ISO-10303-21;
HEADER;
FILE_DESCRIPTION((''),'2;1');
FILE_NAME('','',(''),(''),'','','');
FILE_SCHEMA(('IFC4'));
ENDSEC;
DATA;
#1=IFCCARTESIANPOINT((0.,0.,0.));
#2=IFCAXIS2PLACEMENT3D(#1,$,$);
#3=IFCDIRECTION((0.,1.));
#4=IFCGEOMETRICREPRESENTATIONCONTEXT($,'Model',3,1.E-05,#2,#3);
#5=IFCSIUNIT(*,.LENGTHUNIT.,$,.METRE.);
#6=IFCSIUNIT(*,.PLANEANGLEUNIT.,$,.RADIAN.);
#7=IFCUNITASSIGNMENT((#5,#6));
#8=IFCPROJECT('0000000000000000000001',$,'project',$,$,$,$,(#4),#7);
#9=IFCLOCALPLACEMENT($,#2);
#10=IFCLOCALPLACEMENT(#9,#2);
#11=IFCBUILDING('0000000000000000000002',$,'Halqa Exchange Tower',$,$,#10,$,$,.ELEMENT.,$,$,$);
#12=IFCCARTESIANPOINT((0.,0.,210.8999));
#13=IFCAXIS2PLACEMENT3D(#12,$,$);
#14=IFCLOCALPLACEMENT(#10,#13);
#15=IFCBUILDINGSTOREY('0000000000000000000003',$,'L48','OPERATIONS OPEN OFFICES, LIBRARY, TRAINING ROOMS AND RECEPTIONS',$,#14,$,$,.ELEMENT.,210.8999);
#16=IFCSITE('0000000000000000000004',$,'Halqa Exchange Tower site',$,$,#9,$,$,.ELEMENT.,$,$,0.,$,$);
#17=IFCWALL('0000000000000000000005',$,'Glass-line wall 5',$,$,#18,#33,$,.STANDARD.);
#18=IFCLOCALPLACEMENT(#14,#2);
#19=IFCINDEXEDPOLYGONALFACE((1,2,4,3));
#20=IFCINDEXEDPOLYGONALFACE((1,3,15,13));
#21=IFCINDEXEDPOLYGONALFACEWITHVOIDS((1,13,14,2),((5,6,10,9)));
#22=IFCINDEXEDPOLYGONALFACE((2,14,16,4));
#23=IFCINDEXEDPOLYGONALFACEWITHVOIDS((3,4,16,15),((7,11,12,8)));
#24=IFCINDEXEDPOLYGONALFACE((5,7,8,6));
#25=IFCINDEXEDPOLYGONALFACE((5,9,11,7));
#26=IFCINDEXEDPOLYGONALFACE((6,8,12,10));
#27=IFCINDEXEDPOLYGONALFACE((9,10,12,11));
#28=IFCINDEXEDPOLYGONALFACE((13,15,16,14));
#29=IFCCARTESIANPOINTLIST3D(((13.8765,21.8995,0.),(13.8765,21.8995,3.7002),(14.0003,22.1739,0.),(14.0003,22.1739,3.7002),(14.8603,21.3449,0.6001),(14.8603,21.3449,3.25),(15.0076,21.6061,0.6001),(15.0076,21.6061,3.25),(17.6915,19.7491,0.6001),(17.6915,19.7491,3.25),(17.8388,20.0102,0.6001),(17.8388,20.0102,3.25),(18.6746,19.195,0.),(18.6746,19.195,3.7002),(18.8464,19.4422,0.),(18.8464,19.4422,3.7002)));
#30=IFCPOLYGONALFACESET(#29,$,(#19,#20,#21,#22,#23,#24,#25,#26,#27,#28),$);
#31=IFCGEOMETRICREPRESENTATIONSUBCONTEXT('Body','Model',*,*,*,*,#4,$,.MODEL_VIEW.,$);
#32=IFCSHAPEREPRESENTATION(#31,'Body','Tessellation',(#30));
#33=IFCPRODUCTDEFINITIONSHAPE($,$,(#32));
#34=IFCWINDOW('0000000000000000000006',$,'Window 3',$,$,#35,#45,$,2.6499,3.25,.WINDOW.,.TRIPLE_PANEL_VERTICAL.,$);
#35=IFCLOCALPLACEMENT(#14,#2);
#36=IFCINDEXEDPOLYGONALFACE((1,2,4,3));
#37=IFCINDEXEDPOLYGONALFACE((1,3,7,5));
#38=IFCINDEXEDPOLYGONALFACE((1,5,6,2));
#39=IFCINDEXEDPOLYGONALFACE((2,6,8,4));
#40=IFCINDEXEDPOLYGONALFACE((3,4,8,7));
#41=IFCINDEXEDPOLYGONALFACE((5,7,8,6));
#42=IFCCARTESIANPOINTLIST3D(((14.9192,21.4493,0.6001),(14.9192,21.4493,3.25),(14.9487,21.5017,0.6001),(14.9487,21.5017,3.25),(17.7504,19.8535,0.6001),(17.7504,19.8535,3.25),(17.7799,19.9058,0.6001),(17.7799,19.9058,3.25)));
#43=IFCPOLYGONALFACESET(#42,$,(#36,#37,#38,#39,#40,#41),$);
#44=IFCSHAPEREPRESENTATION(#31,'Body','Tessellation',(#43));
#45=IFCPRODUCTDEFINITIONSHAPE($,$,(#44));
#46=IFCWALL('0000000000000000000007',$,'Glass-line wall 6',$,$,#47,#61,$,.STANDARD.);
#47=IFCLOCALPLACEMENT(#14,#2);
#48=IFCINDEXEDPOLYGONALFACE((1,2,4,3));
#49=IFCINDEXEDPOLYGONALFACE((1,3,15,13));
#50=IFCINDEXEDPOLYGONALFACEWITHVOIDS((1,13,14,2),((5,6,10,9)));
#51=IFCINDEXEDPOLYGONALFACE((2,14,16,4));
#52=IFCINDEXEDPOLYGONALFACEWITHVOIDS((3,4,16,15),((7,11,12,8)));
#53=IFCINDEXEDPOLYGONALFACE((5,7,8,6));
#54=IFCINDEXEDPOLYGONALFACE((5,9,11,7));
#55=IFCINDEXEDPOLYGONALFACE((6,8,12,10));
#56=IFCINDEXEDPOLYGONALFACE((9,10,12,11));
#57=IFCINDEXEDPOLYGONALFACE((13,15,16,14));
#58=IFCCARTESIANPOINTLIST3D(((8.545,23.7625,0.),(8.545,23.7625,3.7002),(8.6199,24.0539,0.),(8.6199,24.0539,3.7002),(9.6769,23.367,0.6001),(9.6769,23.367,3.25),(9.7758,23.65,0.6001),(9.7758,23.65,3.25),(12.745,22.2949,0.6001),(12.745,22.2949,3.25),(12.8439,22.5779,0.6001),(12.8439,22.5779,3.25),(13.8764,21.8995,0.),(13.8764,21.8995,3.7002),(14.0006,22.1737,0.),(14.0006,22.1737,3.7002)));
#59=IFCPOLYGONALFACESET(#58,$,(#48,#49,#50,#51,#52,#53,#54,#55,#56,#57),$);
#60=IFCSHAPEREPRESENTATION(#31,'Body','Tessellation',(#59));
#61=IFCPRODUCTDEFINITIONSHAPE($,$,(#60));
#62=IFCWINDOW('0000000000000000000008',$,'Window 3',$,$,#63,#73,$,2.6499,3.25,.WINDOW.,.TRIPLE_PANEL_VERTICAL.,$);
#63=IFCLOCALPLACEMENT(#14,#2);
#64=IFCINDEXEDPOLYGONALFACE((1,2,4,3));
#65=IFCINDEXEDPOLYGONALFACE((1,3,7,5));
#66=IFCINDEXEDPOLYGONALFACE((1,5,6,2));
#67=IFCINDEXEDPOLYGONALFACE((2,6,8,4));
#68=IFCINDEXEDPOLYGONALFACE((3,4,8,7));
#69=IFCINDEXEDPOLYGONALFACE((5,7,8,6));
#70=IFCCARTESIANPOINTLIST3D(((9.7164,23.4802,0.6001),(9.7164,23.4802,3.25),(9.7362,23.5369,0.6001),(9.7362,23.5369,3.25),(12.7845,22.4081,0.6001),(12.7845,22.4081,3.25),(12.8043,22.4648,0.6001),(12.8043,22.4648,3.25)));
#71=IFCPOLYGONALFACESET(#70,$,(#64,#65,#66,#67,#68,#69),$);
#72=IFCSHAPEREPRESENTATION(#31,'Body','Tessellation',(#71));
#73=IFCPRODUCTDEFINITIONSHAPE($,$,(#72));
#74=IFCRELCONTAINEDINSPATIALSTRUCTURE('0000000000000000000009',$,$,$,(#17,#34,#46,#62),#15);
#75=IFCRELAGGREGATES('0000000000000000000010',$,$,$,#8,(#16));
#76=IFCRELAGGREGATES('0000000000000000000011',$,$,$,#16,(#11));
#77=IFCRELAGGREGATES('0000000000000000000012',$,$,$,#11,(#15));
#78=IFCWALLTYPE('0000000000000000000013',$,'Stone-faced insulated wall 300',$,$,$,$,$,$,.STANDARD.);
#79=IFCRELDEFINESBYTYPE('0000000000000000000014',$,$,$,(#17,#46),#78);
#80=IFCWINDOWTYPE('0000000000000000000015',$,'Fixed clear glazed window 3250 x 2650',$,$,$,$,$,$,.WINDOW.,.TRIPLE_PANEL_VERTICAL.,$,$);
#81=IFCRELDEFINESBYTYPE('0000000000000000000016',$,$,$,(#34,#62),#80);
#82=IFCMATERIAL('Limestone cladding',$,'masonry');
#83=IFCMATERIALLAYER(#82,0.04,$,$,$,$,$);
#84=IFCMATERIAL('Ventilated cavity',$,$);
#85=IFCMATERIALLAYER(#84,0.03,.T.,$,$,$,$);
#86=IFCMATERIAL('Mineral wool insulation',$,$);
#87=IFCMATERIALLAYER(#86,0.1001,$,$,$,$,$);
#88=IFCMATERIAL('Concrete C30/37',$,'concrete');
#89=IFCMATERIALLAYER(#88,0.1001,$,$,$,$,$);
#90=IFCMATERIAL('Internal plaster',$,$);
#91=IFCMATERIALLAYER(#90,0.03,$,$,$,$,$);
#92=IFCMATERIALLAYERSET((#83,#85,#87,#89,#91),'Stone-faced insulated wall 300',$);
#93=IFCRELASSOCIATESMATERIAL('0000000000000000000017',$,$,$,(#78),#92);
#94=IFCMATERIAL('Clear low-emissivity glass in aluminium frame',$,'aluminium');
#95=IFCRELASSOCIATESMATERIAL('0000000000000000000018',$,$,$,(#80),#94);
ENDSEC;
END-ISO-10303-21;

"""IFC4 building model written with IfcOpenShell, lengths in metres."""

from ifc_helpers import new_model, si_unit, direction, frame, frame_2d, origin, place, context, subcontext, project, spatial, polyline, rectangle, outline, extrude, material, layer, layer_set, type_object, element, fill, save


model = new_model("IFC4")

# Units and contexts
model_context = context("Model", 3, precision=1e-05, world=origin(), true_north=direction((0.0, 1.0)))
body_context = subcontext(model_context, "Body", "Model", "MODEL_VIEW")
ifc_project = project(units=[si_unit("LENGTHUNIT", "METRE"), si_unit("PLANEANGLEUNIT", "RADIAN")], contexts=[model_context])

# Site, building, storey
site_placement = place(None, origin())
site = spatial("IfcSite", under=ifc_project, at=site_placement, Name="Halqa Exchange Tower site", CompositionType="ELEMENT", RefElevation=0.0)
building_placement = place(site_placement, origin())
building = spatial("IfcBuilding", under=site, at=building_placement, Name="Halqa Exchange Tower", CompositionType="ELEMENT")
storey_placement = place(building_placement, frame((0.0, 0.0, 210.8999)))
storey = spatial("IfcBuildingStorey", under=building, at=storey_placement, Name="L48", Description="OPERATIONS OPEN OFFICES, LIBRARY, TRAINING ROOMS AND RECEPTIONS", CompositionType="ELEMENT", Elevation=210.8999)

# Shared definitions
ifc_material_1 = material(Name="Limestone cladding", Category="masonry")
ifc_layer_1 = layer(ifc_material_1, 0.04)
ifc_material_2 = material(Name="Ventilated cavity")
ifc_layer_2 = layer(ifc_material_2, 0.03, ventilated=True)
ifc_material_3 = material(Name="Mineral wool insulation")
ifc_layer_3 = layer(ifc_material_3, 0.1001)
ifc_material_4 = material(Name="Concrete C30/37", Category="concrete")
ifc_layer_4 = layer(ifc_material_4, 0.1001)
ifc_material_5 = material(Name="Internal plaster")
ifc_layer_5 = layer(ifc_material_5, 0.03)
ifc_layer_set = layer_set([ifc_layer_1, ifc_layer_2, ifc_layer_3, ifc_layer_4, ifc_layer_5], Name="Stone-faced insulated wall 300")
wall_type = type_object("IfcWallType", Name="Stone-faced insulated wall 300", PredefinedType="STANDARD", material=ifc_layer_set)
ifc_material_6 = material(Name="Clear low-emissivity glass in aluminium frame", Category="aluminium")

# Walls, openings, windows
wall_1_placement = place(storey_placement, frame((18.7605, 19.3186, 0.0), z_axis=(0.0, 0.0, 1.0), x_axis=(-0.871141, 0.491034, 0.0)))
wall_1 = element("IfcWall", 1, at=wall_1_placement, inside=storey, type_object=wall_type, Name="Glass-line wall 5", PredefinedType="STANDARD", context=body_context, shape_type="SweptSolid", body=[
    extrude(outline(polyline([(-0.0142, -0.1499), (5.5488, -0.1499), (5.522, 0.1499), (0.0142, 0.1499), (-0.0142, -0.1499)])), origin(), (0.0, 0.0, 1.0), 3.7002),
])
opening_1_placement = place(wall_1_placement, frame((1.1426, 0.0, 0.6001)))
opening_1 = element("IfcOpeningElement", 2, at=opening_1_placement, cuts=wall_1, PredefinedType="OPENING", context=body_context, shape_type="SweptSolid", body=[
    extrude(rectangle(XDim=3.25, YDim=2.6499, at=frame_2d((1.625, 1.325))), frame((0.0, 0.1621, 0.0), z_axis=(0.0, -1.0, 0.0), x_axis=(1.0, 0.0, 0.0)), (0.0, 0.0, 1.0), 0.324),
])
window_type = type_object("IfcWindowType", Name="Fixed clear glazed window 3250 x 2650", PartitioningType="TRIPLE_PANEL_VERTICAL", PredefinedType="WINDOW", material=ifc_material_6)
window_1_placement = place(opening_1_placement, origin())
window_1 = element("IfcWindow", 3, at=window_1_placement, inside=storey, type_object=window_type, Name="Window 3", OverallHeight=2.6499, OverallWidth=3.25, PartitioningType="TRIPLE_PANEL_VERTICAL", PredefinedType="WINDOW", context=body_context, shape_type="SweptSolid", body=[
    extrude(rectangle(XDim=3.25, YDim=2.6499, at=frame_2d((1.625, 1.325))), frame((0.0, 0.03, 0.0), z_axis=(0.0, -1.0, 0.0), x_axis=(1.0, 0.0, 0.0)), (0.0, 0.0, 1.0), 0.0601),
])
fill(opening_1, window_1)
wall_2_placement = place(storey_placement, frame((13.9385, 22.0366, 0.0), z_axis=(0.0, 0.0, 1.0), x_axis=(-0.944023, 0.329879, 0.0)))
wall_2 = element("IfcWall", 4, at=wall_2_placement, inside=storey, type_object=wall_type, Name="Glass-line wall 6", PredefinedType="STANDARD", context=body_context, shape_type="SweptSolid", body=[
    extrude(outline(polyline([(-0.0134, -0.1499), (5.6863, -0.1499), (5.6609, 0.1499), (0.0134, 0.1499), (-0.0134, -0.1499)])), origin(), (0.0, 0.0, 1.0), 3.7002),
])
opening_2_placement = place(wall_2_placement, frame((1.2119, 0.0, 0.6001)))
opening_2 = element("IfcOpeningElement", 5, at=opening_2_placement, cuts=wall_2, PredefinedType="OPENING", context=body_context, shape_type="SweptSolid", body=[
    extrude(rectangle(XDim=3.25, YDim=2.6499, at=frame_2d((1.625, 1.325))), frame((0.0, 0.1621, 0.0), z_axis=(0.0, -1.0, 0.0), x_axis=(1.0, 0.0, 0.0)), (0.0, 0.0, 1.0), 0.324),
])
window_2_placement = place(opening_2_placement, origin())
window_2 = element("IfcWindow", 6, at=window_2_placement, inside=storey, type_object=window_type, Name="Window 3", OverallHeight=2.6499, OverallWidth=3.25, PartitioningType="TRIPLE_PANEL_VERTICAL", PredefinedType="WINDOW", context=body_context, shape_type="SweptSolid", body=[
    extrude(rectangle(XDim=3.25, YDim=2.6499, at=frame_2d((1.625, 1.325))), frame((0.0, 0.03, 0.0), z_axis=(0.0, -1.0, 0.0), x_axis=(1.0, 0.0, 0.0)), (0.0, 0.0, 1.0), 0.0601),
])
fill(opening_2, window_2)

save(model, "model.ifc")
